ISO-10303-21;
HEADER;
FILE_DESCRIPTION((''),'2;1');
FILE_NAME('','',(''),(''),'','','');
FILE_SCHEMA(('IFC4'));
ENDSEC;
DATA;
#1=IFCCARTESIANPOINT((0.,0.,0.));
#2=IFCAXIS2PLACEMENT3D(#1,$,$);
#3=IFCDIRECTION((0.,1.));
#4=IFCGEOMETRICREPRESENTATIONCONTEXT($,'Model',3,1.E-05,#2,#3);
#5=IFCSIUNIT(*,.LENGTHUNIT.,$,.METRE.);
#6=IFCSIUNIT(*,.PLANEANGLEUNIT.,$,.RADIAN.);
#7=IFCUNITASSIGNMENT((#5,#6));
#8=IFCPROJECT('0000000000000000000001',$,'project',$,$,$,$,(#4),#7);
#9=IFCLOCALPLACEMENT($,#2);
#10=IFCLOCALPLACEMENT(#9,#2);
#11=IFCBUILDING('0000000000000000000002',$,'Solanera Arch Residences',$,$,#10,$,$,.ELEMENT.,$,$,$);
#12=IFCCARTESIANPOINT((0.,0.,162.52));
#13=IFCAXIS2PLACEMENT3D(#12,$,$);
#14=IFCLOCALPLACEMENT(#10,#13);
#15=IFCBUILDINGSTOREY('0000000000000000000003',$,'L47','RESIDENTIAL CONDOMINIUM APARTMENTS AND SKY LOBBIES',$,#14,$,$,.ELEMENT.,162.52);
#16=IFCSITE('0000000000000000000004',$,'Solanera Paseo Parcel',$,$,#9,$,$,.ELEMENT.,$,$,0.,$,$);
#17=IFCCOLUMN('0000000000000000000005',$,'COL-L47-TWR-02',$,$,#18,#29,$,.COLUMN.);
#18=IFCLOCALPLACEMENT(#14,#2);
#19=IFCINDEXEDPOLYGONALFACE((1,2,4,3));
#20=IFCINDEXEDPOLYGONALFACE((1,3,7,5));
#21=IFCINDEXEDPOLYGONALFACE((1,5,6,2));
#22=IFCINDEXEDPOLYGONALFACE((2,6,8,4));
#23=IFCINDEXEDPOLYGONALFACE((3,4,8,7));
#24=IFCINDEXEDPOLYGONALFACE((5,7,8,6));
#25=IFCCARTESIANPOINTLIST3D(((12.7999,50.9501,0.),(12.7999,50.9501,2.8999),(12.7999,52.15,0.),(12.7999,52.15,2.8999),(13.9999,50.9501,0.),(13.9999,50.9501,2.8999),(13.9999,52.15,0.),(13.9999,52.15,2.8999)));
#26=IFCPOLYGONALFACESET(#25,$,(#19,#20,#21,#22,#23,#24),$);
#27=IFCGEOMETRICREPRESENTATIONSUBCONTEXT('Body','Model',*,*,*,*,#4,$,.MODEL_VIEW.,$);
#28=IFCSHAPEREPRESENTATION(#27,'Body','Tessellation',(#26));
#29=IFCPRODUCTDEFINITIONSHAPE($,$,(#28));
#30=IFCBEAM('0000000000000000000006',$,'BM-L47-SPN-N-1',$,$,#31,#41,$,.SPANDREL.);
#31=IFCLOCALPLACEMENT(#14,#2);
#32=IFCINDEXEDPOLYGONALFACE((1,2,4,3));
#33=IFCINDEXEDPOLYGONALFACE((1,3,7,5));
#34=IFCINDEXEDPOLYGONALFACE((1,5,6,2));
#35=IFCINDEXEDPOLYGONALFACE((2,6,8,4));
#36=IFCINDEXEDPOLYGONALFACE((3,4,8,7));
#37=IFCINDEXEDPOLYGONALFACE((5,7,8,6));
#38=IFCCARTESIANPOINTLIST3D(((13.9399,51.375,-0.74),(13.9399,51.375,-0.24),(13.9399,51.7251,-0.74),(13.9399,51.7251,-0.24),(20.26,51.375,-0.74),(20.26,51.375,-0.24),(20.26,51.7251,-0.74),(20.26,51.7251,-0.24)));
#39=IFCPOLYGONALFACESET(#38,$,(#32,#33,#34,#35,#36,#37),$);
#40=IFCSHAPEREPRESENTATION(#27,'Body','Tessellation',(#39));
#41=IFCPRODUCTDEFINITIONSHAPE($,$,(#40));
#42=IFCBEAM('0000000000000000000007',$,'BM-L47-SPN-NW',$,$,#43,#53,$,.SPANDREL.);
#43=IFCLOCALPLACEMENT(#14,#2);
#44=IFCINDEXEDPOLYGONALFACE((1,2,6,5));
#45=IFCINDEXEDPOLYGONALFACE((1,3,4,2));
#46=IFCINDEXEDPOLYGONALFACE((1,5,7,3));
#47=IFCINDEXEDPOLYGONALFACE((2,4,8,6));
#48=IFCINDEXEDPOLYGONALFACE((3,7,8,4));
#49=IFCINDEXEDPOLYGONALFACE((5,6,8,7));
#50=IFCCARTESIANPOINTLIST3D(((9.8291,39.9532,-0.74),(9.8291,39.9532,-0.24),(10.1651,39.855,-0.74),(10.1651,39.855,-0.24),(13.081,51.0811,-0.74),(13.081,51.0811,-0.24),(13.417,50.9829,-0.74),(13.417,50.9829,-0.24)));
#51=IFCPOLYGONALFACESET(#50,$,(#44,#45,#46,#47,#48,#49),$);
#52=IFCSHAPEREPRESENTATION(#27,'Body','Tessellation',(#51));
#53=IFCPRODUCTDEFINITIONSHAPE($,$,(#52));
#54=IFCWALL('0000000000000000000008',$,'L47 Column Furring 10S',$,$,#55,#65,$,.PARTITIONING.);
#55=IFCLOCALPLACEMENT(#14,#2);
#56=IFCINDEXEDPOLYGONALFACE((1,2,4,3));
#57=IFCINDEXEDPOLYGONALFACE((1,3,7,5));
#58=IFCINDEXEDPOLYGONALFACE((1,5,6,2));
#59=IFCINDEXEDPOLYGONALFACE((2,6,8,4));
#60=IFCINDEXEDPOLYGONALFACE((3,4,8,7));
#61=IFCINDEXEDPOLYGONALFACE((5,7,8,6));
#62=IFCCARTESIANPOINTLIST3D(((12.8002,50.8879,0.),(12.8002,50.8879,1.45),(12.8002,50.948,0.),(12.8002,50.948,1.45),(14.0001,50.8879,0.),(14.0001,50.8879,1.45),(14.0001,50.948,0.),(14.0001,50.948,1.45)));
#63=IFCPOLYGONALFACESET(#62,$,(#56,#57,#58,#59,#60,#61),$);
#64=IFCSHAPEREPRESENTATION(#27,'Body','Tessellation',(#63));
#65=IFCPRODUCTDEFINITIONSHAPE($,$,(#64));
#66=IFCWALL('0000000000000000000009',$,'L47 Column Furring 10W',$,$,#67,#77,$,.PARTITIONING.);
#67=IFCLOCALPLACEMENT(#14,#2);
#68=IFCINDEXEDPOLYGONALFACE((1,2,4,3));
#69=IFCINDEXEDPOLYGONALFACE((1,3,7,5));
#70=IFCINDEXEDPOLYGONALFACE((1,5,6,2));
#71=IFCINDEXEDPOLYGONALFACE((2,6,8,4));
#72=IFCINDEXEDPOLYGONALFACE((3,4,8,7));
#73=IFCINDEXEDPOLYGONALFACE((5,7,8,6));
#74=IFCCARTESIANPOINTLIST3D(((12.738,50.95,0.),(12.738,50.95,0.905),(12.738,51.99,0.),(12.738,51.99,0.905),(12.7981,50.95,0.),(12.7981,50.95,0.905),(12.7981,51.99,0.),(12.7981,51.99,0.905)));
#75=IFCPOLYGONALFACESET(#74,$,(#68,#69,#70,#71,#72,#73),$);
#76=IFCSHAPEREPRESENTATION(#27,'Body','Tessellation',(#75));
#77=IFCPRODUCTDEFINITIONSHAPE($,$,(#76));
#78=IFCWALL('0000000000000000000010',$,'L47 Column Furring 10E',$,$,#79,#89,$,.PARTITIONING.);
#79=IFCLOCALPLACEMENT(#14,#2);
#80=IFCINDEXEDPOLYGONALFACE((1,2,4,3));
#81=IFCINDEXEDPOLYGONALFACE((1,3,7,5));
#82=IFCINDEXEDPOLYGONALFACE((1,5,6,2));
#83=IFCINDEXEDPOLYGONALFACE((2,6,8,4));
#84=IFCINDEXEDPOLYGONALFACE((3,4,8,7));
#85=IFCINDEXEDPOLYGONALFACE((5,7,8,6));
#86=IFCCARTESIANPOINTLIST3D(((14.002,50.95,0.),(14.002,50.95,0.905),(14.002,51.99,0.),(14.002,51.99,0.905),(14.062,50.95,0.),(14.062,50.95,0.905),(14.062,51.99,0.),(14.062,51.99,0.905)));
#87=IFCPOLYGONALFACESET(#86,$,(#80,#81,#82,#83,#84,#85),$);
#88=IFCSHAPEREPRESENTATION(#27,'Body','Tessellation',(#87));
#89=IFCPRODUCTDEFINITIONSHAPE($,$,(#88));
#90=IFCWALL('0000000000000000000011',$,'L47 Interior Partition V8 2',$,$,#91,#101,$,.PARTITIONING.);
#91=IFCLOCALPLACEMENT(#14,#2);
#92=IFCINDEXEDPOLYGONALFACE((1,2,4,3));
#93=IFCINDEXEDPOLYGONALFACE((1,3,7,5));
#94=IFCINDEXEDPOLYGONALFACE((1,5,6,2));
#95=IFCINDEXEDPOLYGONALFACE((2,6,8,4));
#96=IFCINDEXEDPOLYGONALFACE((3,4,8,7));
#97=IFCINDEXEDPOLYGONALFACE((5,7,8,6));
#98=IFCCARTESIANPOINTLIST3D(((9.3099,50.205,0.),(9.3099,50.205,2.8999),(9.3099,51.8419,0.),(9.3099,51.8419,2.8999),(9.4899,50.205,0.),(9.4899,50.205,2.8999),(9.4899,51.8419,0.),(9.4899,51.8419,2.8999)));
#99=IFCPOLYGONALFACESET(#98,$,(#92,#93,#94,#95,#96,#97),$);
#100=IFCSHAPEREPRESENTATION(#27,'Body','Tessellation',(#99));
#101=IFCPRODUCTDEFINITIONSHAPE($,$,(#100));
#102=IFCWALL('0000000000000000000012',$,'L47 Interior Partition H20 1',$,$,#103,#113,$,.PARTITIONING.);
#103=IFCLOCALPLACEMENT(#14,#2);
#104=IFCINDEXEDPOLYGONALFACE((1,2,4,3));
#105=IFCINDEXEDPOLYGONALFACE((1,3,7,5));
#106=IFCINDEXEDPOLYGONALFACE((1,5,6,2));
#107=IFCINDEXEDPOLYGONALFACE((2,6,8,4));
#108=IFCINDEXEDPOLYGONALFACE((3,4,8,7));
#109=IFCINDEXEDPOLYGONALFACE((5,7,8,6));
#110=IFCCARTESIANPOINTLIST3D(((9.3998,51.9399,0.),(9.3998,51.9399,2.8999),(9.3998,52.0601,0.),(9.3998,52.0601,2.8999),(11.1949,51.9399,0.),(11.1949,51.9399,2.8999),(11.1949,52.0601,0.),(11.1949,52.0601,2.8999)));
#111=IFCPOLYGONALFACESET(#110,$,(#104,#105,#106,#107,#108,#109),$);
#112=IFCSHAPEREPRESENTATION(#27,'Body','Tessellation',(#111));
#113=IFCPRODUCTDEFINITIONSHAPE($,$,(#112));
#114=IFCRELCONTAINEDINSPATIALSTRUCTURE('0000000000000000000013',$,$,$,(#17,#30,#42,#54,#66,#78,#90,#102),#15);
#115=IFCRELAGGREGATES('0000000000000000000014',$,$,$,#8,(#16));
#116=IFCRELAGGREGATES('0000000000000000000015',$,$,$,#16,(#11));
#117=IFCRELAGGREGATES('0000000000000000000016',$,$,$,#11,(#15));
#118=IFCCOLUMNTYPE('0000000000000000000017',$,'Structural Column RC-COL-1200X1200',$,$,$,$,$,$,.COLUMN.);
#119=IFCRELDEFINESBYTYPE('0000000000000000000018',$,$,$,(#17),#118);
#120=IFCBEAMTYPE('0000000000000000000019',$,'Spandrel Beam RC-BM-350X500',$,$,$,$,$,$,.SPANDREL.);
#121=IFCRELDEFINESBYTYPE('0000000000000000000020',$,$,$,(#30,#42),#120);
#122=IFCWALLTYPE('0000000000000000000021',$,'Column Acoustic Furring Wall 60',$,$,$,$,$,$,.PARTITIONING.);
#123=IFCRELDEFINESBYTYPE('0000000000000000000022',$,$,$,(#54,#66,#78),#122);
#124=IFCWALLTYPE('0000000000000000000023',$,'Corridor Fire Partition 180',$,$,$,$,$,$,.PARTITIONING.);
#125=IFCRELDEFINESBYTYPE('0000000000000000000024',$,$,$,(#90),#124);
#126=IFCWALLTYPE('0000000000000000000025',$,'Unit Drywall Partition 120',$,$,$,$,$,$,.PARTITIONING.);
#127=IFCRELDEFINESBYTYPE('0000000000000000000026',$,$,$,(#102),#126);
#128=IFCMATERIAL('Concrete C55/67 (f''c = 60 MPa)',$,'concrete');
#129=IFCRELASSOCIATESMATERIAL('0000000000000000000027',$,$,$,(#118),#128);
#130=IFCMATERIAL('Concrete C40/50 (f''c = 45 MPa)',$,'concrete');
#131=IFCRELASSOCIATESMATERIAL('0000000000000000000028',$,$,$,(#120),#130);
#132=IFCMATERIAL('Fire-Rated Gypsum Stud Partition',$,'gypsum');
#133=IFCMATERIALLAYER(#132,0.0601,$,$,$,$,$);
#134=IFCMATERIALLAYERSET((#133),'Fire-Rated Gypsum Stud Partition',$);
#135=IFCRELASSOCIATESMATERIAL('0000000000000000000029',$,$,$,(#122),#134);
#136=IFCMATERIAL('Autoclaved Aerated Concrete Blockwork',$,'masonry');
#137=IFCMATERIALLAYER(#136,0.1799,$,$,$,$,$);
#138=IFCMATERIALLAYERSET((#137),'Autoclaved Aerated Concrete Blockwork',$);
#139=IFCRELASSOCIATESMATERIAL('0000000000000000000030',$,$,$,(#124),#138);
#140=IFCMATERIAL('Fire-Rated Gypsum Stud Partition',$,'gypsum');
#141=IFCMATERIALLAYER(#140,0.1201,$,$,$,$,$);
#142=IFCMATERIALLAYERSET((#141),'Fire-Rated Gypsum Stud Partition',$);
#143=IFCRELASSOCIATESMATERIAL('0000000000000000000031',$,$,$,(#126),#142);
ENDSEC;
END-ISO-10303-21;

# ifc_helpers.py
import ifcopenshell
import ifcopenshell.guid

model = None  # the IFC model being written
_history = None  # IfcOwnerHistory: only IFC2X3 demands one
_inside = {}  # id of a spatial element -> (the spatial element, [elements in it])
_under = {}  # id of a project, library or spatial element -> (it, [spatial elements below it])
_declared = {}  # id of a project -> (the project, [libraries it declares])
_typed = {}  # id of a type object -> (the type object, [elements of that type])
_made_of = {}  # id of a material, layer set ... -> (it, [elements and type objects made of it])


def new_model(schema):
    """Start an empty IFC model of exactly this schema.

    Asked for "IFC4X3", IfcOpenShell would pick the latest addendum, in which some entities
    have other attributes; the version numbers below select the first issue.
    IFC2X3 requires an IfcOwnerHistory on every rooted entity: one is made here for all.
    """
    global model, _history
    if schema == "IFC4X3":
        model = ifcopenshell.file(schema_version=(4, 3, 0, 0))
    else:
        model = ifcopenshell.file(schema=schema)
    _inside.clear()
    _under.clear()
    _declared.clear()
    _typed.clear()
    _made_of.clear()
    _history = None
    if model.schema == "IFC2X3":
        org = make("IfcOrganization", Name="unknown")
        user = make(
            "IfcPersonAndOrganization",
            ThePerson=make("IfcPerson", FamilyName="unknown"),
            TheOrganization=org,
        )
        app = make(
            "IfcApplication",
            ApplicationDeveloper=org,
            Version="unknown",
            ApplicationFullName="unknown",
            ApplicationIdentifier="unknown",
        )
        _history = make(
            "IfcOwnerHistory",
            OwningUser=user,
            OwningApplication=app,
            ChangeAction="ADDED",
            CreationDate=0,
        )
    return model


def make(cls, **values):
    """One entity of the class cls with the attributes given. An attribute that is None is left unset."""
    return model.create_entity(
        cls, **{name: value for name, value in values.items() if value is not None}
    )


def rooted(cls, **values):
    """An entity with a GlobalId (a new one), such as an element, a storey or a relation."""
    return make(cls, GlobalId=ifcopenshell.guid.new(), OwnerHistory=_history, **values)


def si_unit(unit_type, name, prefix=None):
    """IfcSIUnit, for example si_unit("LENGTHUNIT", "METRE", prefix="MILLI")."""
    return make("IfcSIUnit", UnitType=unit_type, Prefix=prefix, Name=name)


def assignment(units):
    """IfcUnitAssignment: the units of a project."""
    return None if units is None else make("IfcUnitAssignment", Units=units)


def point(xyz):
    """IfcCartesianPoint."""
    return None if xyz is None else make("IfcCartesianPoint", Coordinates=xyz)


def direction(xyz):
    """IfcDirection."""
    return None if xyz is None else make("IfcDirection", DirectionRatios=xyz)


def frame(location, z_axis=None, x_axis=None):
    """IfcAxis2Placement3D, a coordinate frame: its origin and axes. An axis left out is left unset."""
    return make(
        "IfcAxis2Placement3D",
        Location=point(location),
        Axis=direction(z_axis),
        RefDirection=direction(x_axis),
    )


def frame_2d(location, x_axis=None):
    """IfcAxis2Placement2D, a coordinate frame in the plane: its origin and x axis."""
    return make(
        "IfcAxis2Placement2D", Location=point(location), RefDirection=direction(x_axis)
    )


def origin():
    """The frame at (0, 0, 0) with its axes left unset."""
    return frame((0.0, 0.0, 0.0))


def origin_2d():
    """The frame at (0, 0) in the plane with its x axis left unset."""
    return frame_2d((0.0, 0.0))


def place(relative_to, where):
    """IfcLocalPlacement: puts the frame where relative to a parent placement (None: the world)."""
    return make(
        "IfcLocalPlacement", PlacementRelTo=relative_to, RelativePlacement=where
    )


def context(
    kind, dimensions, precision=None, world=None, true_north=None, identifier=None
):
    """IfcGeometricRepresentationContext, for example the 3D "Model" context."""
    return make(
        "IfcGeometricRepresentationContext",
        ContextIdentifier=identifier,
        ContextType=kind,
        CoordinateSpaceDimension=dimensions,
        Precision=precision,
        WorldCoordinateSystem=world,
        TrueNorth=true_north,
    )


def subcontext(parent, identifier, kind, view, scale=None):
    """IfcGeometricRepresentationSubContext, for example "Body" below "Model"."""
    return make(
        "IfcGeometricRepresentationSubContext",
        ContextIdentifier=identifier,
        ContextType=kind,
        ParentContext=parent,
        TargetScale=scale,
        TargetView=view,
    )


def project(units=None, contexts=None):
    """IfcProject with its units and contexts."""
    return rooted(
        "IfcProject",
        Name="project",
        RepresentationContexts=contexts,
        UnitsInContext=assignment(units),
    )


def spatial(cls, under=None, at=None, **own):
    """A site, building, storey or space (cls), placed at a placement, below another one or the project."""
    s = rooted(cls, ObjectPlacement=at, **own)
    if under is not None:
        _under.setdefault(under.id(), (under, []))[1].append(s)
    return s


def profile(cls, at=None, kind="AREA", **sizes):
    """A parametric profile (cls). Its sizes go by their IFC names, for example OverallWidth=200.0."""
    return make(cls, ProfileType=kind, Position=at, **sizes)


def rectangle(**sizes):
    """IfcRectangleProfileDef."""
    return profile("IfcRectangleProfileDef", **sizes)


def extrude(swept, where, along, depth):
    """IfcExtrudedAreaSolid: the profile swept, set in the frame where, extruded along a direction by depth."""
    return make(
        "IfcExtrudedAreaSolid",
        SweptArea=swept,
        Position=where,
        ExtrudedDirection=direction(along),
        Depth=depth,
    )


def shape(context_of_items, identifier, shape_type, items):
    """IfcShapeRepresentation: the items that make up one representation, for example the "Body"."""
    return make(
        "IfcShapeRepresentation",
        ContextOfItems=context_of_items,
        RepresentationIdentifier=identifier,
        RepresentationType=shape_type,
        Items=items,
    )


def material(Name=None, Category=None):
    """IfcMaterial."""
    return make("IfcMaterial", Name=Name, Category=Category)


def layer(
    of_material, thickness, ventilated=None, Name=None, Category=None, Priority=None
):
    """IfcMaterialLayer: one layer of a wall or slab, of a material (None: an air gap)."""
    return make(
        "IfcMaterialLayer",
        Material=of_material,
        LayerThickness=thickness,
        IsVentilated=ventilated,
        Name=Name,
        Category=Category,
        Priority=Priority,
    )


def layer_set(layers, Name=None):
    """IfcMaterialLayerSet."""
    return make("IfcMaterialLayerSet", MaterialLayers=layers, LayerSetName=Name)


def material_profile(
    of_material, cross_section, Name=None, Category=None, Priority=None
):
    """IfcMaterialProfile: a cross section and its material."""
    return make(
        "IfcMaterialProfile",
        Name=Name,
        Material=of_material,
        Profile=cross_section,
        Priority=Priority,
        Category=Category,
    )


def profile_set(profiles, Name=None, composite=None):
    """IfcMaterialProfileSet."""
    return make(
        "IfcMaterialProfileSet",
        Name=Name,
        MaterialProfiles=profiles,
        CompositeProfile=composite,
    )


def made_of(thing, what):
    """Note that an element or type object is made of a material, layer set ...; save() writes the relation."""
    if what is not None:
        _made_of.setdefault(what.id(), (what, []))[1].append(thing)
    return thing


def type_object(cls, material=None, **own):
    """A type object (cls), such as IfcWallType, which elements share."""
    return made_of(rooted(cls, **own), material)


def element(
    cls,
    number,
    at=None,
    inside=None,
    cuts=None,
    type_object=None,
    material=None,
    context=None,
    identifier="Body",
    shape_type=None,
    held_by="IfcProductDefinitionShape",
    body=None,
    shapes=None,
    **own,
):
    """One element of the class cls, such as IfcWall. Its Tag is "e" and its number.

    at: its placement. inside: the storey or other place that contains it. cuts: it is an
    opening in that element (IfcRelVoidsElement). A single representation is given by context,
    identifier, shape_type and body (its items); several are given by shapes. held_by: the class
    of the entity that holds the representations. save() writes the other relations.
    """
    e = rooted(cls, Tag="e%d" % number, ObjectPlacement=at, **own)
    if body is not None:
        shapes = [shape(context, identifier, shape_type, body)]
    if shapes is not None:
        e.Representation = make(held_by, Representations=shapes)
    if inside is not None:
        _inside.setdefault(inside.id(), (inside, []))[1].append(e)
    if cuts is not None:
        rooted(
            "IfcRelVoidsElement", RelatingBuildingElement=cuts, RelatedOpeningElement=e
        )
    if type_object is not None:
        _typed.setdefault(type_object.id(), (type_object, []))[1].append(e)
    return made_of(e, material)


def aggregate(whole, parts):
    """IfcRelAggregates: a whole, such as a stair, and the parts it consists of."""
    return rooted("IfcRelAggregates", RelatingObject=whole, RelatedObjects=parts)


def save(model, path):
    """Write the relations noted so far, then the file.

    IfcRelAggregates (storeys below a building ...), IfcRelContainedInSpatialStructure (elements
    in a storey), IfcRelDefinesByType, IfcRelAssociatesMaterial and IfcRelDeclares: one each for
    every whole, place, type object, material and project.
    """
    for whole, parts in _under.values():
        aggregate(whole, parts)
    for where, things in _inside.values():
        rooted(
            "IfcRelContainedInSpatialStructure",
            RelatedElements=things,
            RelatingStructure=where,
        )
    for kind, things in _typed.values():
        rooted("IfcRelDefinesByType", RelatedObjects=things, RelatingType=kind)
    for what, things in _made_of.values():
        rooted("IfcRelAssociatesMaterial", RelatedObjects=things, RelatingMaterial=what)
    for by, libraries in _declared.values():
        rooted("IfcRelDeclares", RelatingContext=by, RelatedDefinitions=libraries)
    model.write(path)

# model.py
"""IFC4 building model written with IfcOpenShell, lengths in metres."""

from ifc_helpers import new_model, si_unit, direction, frame, frame_2d, origin, origin_2d, place, context, subcontext, project, spatial, rectangle, extrude, material, layer, layer_set, material_profile, profile_set, type_object, element, save


model = new_model("IFC4")

# Units and contexts
model_context = context("Model", 3, precision=1e-05, world=origin(), true_north=direction((0.0, 1.0)))
body_context = subcontext(model_context, "Body", "Model", "MODEL_VIEW")
ifc_project = project(units=[si_unit("LENGTHUNIT", "METRE"), si_unit("PLANEANGLEUNIT", "RADIAN")], contexts=[model_context])

# Site, building, storey
site_placement = place(None, origin())
site = spatial("IfcSite", under=ifc_project, at=site_placement, Name="Solanera Paseo Parcel", CompositionType="ELEMENT", RefElevation=0.0)
building_placement = place(site_placement, origin())
building = spatial("IfcBuilding", under=site, at=building_placement, Name="Solanera Arch Residences", CompositionType="ELEMENT")
storey_placement = place(building_placement, frame((0.0, 0.0, 162.52)))
storey = spatial("IfcBuildingStorey", under=building, at=storey_placement, Name="L47", Description="RESIDENTIAL CONDOMINIUM APARTMENTS AND SKY LOBBIES", CompositionType="ELEMENT", Elevation=162.52)

# Column
ifc_material_1 = material(Name="Concrete C55/67 (f'c = 60 MPa)", Category="concrete")
ifc_material_profile_1 = material_profile(ifc_material_1, rectangle(XDim=1.2, YDim=1.2, at=origin_2d()))
ifc_profile_set_1 = profile_set([ifc_material_profile_1], Name="Concrete C55/67 (f'c = 60 MPa)")
column_type = type_object("IfcColumnType", Name="Structural Column RC-COL-1200X1200", PredefinedType="COLUMN", material=ifc_profile_set_1)
column_placement = place(storey_placement, frame((13.3999, 51.55, 0.0), z_axis=(0.0, 0.0, 1.0), x_axis=(1.0, 0.0, 0.0)))
element("IfcColumn", 1, at=column_placement, inside=storey, type_object=column_type, Name="COL-L47-TWR-02", PredefinedType="COLUMN", context=body_context, shape_type="SweptSolid", body=[
    extrude(rectangle(XDim=1.2, YDim=1.2, at=origin_2d()), origin(), (0.0, 0.0, 1.0), 2.8999),
])

# Beams
ifc_material_2 = material(Name="Concrete C40/50 (f'c = 45 MPa)", Category="concrete")
ifc_material_profile_2 = material_profile(ifc_material_2, rectangle(XDim=0.3501, YDim=0.5, at=origin_2d()))
ifc_profile_set_2 = profile_set([ifc_material_profile_2], Name="Concrete C40/50 (f'c = 45 MPa)")
beam_type = type_object("IfcBeamType", Name="Spandrel Beam RC-BM-350X500", PredefinedType="SPANDREL", material=ifc_profile_set_2)
beam_1_placement = place(storey_placement, frame((13.9399, 51.55, -0.49), z_axis=(1.0, 0.0, 0.0), x_axis=(0.0, 1.0, 0.0)))
element("IfcBeam", 2, at=beam_1_placement, inside=storey, type_object=beam_type, Name="BM-L47-SPN-N-1", PredefinedType="SPANDREL", context=body_context, shape_type="SweptSolid", body=[
    extrude(rectangle(XDim=0.3501, YDim=0.5, at=origin_2d()), origin(), (0.0, 0.0, 1.0), 6.3201),
])
beam_2_placement = place(storey_placement, frame((13.249, 51.032, -0.49), z_axis=(-0.280501, -0.959854, 0.0), x_axis=(0.959854, -0.280501, 0.0)))
element("IfcBeam", 3, at=beam_2_placement, inside=storey, type_object=beam_type, Name="BM-L47-SPN-NW", PredefinedType="SPANDREL", context=body_context, shape_type="SweptSolid", body=[
    extrude(rectangle(XDim=0.3501, YDim=0.5, at=origin_2d()), origin(), (0.0, 0.0, 1.0), 11.5933),
])

# Walls
ifc_material_3 = material(Name="Fire-Rated Gypsum Stud Partition", Category="gypsum")
ifc_layer_1 = layer(ifc_material_3, 0.0601)
ifc_layer_set_1 = layer_set([ifc_layer_1], Name="Fire-Rated Gypsum Stud Partition")
wall_type_1 = type_object("IfcWallType", Name="Column Acoustic Furring Wall 60", PredefinedType="PARTITIONING", material=ifc_layer_set_1)
wall_1_placement = place(storey_placement, frame((12.8, 50.918, 0.0), z_axis=(0.0, 0.0, 1.0), x_axis=(1.0, 0.0, 0.0)))
element("IfcWall", 4, at=wall_1_placement, inside=storey, type_object=wall_type_1, Name="L47 Column Furring 10S", PredefinedType="PARTITIONING", context=body_context, shape_type="SweptSolid", body=[
    extrude(rectangle(XDim=1.2, YDim=0.0601, at=frame_2d((0.6001, 0.0))), origin(), (0.0, 0.0, 1.0), 1.45),
])
for number, where, z_axis, x_axis, name in (
    (5, (12.7681, 50.95, 0.0), (0.0, 0.0, 1.0), (0.0, 1.0, 0.0), "L47 Column Furring 10W"),
    (6, (14.032, 50.95, 0.0), (0.0, 0.0, 1.0), (0.0, 1.0, 0.0), "L47 Column Furring 10E"),
):
    element("IfcWall", number, at=place(storey_placement, frame(where, z_axis=z_axis, x_axis=x_axis)), inside=storey, type_object=wall_type_1, Name=name, PredefinedType="PARTITIONING", context=body_context, shape_type="SweptSolid", body=[
        extrude(rectangle(XDim=1.04, YDim=0.0601, at=frame_2d((0.52, 0.0))), origin(), (0.0, 0.0, 1.0), 0.905),
    ])
ifc_material_4 = material(Name="Autoclaved Aerated Concrete Blockwork", Category="masonry")
ifc_layer_2 = layer(ifc_material_4, 0.1799)
ifc_layer_set_2 = layer_set([ifc_layer_2], Name="Autoclaved Aerated Concrete Blockwork")
wall_type_2 = type_object("IfcWallType", Name="Corridor Fire Partition 180", PredefinedType="PARTITIONING", material=ifc_layer_set_2)
wall_2_placement = place(storey_placement, frame((9.3999, 50.2051, 0.0), z_axis=(0.0, 0.0, 1.0), x_axis=(0.0, 1.0, 0.0)))
element("IfcWall", 7, at=wall_2_placement, inside=storey, type_object=wall_type_2, Name="L47 Interior Partition V8 2", PredefinedType="PARTITIONING", context=body_context, shape_type="SweptSolid", body=[
    extrude(rectangle(XDim=1.637, YDim=0.1799, at=frame_2d((0.8184, 0.0))), origin(), (0.0, 0.0, 1.0), 2.8999),
])

# Wall
ifc_material_5 = material(Name="Fire-Rated Gypsum Stud Partition", Category="gypsum")
ifc_layer_3 = layer(ifc_material_5, 0.1201)
ifc_layer_set_3 = layer_set([ifc_layer_3], Name="Fire-Rated Gypsum Stud Partition")
wall_type_3 = type_object("IfcWallType", Name="Unit Drywall Partition 120", PredefinedType="PARTITIONING", material=ifc_layer_set_3)
wall_3_placement = place(storey_placement, frame((9.3999, 52.0, 0.0), z_axis=(0.0, 0.0, 1.0), x_axis=(1.0, 0.0, 0.0)))
element("IfcWall", 8, at=wall_3_placement, inside=storey, type_object=wall_type_3, Name="L47 Interior Partition H20 1", PredefinedType="PARTITIONING", context=body_context, shape_type="SweptSolid", body=[
    extrude(rectangle(XDim=1.7952, YDim=0.1201, at=frame_2d((0.8975, 0.0))), origin(), (0.0, 0.0, 1.0), 2.8999),
])

save(model, "model.ifc")
